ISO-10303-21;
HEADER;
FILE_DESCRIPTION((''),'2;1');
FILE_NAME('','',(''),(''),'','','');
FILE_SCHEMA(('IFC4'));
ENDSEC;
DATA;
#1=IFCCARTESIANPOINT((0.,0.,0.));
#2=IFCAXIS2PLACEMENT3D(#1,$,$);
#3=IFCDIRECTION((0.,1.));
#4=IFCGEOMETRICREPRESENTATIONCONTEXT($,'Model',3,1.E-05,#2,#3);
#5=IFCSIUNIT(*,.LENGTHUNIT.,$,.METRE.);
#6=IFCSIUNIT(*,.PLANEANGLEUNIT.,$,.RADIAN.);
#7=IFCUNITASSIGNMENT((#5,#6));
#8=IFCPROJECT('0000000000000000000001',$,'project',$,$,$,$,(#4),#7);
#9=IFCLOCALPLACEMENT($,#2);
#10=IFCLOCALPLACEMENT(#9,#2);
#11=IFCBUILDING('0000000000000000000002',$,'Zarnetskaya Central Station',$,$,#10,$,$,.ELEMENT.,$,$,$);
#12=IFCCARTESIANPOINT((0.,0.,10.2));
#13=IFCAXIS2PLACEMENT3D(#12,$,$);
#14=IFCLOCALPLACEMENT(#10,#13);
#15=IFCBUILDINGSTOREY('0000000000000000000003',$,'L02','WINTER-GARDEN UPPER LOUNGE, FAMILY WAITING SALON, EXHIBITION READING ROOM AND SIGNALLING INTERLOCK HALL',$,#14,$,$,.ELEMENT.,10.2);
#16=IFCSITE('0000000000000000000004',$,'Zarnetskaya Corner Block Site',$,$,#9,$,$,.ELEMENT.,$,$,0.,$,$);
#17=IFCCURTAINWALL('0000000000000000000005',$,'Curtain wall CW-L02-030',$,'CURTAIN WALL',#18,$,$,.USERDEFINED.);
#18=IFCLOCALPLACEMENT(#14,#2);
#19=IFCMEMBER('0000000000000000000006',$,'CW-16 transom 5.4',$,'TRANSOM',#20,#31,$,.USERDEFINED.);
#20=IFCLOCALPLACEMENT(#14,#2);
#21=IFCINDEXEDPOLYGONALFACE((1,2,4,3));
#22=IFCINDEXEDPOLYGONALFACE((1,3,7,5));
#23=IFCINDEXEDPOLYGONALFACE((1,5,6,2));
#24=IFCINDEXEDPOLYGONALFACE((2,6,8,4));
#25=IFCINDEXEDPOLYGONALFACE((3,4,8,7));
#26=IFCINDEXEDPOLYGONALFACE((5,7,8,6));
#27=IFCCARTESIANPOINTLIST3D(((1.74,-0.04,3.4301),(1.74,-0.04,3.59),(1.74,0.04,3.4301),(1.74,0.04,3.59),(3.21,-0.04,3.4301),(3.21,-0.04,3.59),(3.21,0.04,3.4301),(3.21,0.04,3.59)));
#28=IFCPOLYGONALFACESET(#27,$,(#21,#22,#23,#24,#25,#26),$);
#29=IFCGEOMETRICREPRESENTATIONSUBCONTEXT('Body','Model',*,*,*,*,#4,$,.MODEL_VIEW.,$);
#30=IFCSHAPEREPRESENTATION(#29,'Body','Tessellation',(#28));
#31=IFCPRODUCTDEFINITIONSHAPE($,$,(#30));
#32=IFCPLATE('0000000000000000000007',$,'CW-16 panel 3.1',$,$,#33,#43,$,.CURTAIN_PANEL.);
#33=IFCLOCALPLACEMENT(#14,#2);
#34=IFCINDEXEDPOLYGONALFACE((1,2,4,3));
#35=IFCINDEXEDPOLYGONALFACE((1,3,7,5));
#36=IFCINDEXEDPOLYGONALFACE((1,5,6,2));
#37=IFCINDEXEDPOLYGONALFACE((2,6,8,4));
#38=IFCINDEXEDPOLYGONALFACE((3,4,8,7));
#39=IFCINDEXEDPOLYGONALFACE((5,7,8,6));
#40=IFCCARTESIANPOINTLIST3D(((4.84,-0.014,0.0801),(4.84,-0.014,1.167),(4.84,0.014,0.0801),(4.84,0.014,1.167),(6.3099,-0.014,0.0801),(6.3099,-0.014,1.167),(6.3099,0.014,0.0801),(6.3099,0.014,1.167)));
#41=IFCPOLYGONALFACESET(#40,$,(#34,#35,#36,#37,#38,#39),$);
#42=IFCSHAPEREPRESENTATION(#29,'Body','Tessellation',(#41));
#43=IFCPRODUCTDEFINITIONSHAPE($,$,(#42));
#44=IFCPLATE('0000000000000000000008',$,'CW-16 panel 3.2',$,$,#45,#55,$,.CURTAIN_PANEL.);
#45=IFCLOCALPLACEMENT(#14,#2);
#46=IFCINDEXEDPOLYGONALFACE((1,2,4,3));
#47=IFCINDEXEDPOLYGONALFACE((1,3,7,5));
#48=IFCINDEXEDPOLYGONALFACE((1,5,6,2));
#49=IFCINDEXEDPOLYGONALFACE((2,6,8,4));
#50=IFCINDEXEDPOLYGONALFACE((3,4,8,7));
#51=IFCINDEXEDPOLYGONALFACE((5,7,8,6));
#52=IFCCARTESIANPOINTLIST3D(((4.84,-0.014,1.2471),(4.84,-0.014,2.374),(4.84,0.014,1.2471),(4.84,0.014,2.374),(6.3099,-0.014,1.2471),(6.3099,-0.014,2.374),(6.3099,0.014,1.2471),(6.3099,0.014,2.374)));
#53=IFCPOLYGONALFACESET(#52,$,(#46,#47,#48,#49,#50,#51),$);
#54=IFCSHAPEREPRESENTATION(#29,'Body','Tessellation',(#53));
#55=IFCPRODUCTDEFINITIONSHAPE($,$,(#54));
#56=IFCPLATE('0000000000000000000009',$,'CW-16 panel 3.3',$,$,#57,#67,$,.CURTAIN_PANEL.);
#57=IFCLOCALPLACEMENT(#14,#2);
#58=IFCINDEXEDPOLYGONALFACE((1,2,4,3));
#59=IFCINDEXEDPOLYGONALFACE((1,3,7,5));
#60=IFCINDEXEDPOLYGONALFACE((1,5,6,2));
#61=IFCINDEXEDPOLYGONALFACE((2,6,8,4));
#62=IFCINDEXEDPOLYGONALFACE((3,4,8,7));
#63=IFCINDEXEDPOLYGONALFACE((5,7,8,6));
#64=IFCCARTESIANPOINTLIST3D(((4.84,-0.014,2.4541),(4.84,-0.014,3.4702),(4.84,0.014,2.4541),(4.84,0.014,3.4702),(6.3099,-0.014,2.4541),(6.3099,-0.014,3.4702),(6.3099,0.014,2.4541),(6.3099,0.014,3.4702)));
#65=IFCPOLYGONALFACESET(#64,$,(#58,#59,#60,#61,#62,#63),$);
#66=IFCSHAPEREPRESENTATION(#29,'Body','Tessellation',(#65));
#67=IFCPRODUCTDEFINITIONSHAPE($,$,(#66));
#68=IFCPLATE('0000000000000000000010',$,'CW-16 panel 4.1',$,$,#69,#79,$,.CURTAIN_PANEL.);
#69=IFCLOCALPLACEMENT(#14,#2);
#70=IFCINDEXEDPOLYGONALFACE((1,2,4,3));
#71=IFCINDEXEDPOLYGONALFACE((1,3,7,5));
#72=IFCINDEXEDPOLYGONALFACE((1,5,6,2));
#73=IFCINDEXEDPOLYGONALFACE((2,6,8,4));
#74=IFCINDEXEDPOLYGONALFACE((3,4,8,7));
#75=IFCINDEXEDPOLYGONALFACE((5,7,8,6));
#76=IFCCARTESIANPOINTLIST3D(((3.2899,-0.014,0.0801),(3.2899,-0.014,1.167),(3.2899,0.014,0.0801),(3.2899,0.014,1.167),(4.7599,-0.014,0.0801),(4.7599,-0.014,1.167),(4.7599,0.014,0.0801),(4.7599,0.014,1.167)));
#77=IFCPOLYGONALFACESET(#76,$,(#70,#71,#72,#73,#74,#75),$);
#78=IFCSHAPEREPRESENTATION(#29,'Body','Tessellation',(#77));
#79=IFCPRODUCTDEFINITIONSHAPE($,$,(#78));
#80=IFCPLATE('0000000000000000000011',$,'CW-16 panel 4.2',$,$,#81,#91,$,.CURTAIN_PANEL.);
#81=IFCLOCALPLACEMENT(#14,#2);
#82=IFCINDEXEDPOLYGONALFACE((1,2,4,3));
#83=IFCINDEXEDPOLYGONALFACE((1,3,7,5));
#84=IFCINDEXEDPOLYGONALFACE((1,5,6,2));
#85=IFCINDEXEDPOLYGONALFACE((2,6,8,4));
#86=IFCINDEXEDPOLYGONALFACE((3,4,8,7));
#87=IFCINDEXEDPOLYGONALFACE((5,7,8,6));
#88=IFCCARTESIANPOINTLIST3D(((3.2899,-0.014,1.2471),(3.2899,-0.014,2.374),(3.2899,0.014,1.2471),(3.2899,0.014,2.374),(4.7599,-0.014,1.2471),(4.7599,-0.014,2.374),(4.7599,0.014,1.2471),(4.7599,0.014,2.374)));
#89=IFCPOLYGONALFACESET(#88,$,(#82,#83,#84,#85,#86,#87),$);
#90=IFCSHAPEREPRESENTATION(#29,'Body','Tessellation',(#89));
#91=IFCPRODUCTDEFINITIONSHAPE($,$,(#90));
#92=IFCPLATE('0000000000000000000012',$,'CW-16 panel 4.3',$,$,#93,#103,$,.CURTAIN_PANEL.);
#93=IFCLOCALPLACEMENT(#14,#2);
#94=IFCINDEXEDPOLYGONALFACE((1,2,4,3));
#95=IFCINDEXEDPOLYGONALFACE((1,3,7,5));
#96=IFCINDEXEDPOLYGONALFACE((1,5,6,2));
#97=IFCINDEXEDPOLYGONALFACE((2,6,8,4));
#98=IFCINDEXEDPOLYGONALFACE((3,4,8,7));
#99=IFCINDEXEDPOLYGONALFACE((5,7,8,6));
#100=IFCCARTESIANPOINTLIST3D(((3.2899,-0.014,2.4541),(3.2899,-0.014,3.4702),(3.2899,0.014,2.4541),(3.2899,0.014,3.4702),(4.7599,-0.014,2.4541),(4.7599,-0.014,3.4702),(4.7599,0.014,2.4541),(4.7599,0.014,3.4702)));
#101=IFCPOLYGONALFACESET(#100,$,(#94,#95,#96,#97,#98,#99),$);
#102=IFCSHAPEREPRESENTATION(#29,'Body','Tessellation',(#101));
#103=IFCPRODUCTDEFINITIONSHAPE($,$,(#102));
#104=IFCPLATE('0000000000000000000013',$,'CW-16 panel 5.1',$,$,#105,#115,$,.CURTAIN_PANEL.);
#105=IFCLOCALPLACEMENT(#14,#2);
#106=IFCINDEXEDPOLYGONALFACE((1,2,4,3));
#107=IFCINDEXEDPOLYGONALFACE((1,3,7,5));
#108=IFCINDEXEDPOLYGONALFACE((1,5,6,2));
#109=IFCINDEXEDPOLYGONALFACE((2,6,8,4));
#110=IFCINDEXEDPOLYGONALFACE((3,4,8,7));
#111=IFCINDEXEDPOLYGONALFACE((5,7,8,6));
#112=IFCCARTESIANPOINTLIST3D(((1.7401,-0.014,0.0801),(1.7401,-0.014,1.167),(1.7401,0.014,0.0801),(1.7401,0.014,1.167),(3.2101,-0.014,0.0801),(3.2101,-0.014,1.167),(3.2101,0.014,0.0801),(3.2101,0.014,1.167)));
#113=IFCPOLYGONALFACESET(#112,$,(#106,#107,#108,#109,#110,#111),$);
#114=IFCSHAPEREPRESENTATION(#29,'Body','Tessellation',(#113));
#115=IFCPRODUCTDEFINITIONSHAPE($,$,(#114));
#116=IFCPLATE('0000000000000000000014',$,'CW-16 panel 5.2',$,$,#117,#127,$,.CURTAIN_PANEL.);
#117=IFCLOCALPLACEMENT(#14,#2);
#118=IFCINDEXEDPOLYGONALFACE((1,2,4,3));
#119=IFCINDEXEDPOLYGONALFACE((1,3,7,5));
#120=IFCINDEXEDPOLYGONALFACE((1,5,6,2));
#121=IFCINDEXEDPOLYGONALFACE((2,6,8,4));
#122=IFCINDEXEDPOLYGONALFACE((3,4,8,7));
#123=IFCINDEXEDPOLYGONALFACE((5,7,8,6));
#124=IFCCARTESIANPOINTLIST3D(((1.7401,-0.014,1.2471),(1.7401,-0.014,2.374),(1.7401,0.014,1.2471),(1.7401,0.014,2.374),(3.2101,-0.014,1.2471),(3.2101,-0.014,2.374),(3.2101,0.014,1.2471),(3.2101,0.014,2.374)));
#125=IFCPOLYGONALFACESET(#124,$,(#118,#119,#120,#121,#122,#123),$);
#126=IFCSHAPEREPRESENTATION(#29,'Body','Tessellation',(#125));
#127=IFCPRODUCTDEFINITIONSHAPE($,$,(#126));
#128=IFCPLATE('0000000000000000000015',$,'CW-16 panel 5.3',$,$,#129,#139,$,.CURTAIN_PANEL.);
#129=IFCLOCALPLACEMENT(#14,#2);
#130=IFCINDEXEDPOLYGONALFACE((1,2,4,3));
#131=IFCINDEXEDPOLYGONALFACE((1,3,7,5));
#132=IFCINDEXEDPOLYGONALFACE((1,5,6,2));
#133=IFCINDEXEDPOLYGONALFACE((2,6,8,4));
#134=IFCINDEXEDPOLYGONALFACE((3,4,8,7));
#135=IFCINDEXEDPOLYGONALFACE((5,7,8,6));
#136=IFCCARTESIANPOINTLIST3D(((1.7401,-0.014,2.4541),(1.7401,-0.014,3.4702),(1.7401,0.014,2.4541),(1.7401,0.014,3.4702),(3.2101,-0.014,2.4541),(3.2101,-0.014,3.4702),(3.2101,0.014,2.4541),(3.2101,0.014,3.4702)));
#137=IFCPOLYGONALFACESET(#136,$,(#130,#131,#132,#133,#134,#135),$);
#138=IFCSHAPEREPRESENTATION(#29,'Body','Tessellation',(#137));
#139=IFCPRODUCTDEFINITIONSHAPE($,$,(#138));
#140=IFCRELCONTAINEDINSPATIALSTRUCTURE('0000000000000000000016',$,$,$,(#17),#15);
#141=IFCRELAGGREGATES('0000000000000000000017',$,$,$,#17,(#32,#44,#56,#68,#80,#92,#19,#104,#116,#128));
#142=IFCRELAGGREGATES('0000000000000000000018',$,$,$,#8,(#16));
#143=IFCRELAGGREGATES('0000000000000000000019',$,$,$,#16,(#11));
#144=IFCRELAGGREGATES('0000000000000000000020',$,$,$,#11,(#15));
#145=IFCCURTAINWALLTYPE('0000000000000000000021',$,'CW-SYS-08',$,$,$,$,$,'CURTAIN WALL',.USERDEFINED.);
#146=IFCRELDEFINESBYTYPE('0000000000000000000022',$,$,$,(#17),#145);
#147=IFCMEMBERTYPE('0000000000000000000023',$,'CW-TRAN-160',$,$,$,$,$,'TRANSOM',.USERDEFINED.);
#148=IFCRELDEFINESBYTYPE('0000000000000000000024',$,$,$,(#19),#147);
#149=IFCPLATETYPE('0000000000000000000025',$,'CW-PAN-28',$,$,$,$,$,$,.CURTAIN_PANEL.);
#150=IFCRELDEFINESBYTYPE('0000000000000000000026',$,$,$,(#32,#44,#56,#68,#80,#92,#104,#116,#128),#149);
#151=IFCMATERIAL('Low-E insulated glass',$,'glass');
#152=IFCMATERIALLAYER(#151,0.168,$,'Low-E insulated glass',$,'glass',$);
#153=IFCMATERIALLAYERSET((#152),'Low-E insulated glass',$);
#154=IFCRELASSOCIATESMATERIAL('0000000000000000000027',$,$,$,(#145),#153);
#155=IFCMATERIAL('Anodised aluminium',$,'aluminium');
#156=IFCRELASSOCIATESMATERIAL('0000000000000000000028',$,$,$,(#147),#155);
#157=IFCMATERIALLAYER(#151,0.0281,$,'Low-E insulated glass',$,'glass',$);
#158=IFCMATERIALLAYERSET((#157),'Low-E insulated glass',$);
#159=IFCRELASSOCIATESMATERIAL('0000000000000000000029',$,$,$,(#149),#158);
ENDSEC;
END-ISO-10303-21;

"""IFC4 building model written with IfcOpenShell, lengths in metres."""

from ifc_helpers import new_model, si_unit, direction, frame, origin, origin_2d, place, context, subcontext, project, spatial, rectangle, extrude, material, layer, layer_set, material_profile, profile_set, type_object, element, aggregate, save


model = new_model("IFC4")

# Units and contexts
model_context = context("Model", 3, precision=1e-05, world=origin(), true_north=direction((0.0, 1.0)))
body_context = subcontext(model_context, "Body", "Model", "MODEL_VIEW")
ifc_project = project(units=[si_unit("LENGTHUNIT", "METRE"), si_unit("PLANEANGLEUNIT", "RADIAN")], contexts=[model_context])

# Site, building, storey
site_placement = place(None, origin())
site = spatial("IfcSite", under=ifc_project, at=site_placement, Name="Zarnetskaya Corner Block Site", CompositionType="ELEMENT", RefElevation=0.0)
building_placement = place(site_placement, origin())
building = spatial("IfcBuilding", under=site, at=building_placement, Name="Zarnetskaya Central Station", CompositionType="ELEMENT")
storey_placement = place(building_placement, frame((0.0, 0.0, 10.2)))
storey = spatial("IfcBuildingStorey", under=building, at=storey_placement, Name="L02", Description="WINTER-GARDEN UPPER LOUNGE, FAMILY WAITING SALON, EXHIBITION READING ROOM AND SIGNALLING INTERLOCK HALL", CompositionType="ELEMENT", Elevation=10.2)

# Curtain wall, member, plates
ifc_material_1 = material(Name="Low-E insulated glass", Category="glass")
ifc_layer_1 = layer(ifc_material_1, 0.168, Name="Low-E insulated glass", Category="glass")
ifc_layer_set_1 = layer_set([ifc_layer_1], Name="Low-E insulated glass")
curtain_wall_type = type_object("IfcCurtainWallType", Name="CW-SYS-08", ElementType="CURTAIN WALL", PredefinedType="USERDEFINED", material=ifc_layer_set_1)
curtain_wall_placement = place(storey_placement, origin())
curtain_wall = element("IfcCurtainWall", 1, at=curtain_wall_placement, inside=storey, type_object=curtain_wall_type, Name="Curtain wall CW-L02-030", ObjectType="CURTAIN WALL", PredefinedType="USERDEFINED")
ifc_material_2 = material(Name="Anodised aluminium", Category="aluminium")
ifc_material_profile_1 = material_profile(ifc_material_2, rectangle(XDim=0.0801, YDim=0.1599, at=origin_2d()), Name="ALU TRAN 80x160")
ifc_profile_set_1 = profile_set([ifc_material_profile_1], Name="Anodised aluminium")
member_type_1 = type_object("IfcMemberType", Name="CW-TRAN-160", ElementType="TRANSOM", PredefinedType="USERDEFINED", material=ifc_profile_set_1)
member_1_placement = place(storey_placement, frame((3.21, 0.0, 3.51), z_axis=(-1.0, 0.0, 0.0), x_axis=(0.0, -1.0, 0.0)))
member_1 = element("IfcMember", 2, at=member_1_placement, type_object=member_type_1, Name="CW-16 transom 5.4", ObjectType="TRANSOM", PredefinedType="USERDEFINED", context=body_context, shape_type="SweptSolid", body=[
    extrude(rectangle(XDim=0.0801, YDim=0.1599, at=origin_2d()), origin(), (0.0, 0.0, 1.0), 1.47),
])
ifc_layer_2 = layer(ifc_material_1, 0.0281, Name="Low-E insulated glass", Category="glass")
ifc_layer_set_2 = layer_set([ifc_layer_2], Name="Low-E insulated glass")
plate_type = type_object("IfcPlateType", Name="CW-PAN-28", PredefinedType="CURTAIN_PANEL", material=ifc_layer_set_2)
plate_1_placement = place(storey_placement, frame((5.575, 0.0, 0.0801), z_axis=(0.0, 0.0, 1.0), x_axis=(-1.0, 0.0, 0.0)))
plate_1 = element("IfcPlate", 3, at=plate_1_placement, type_object=plate_type, Name="CW-16 panel 3.1", PredefinedType="CURTAIN_PANEL", context=body_context, shape_type="SweptSolid", body=[
    extrude(rectangle(XDim=1.47, YDim=0.0281, at=origin_2d()), origin(), (0.0, 0.0, 1.0), 1.0869),
])
plate_2_placement = place(storey_placement, frame((5.575, 0.0, 1.2471), z_axis=(0.0, 0.0, 1.0), x_axis=(-1.0, 0.0, 0.0)))
plate_2 = element("IfcPlate", 4, at=plate_2_placement, type_object=plate_type, Name="CW-16 panel 3.2", PredefinedType="CURTAIN_PANEL", context=body_context, shape_type="SweptSolid", body=[
    extrude(rectangle(XDim=1.47, YDim=0.0281, at=origin_2d()), origin(), (0.0, 0.0, 1.0), 1.127),
])
plate_3_placement = place(storey_placement, frame((5.575, 0.0, 2.4541), z_axis=(0.0, 0.0, 1.0), x_axis=(-1.0, 0.0, 0.0)))
plate_3 = element("IfcPlate", 5, at=plate_3_placement, type_object=plate_type, Name="CW-16 panel 3.3", PredefinedType="CURTAIN_PANEL", context=body_context, shape_type="SweptSolid", body=[
    extrude(rectangle(XDim=1.47, YDim=0.0281, at=origin_2d()), origin(), (0.0, 0.0, 1.0), 1.0161),
])
plate_4_placement = place(storey_placement, frame((4.0249, 0.0, 0.0801), z_axis=(0.0, 0.0, 1.0), x_axis=(-1.0, 0.0, 0.0)))
plate_4 = element("IfcPlate", 6, at=plate_4_placement, type_object=plate_type, Name="CW-16 panel 4.1", PredefinedType="CURTAIN_PANEL", context=body_context, shape_type="SweptSolid", body=[
    extrude(rectangle(XDim=1.47, YDim=0.0281, at=origin_2d()), origin(), (0.0, 0.0, 1.0), 1.0869),
])
plate_5_placement = place(storey_placement, frame((4.0249, 0.0, 1.2471), z_axis=(0.0, 0.0, 1.0), x_axis=(-1.0, 0.0, 0.0)))
plate_5 = element("IfcPlate", 7, at=plate_5_placement, type_object=plate_type, Name="CW-16 panel 4.2", PredefinedType="CURTAIN_PANEL", context=body_context, shape_type="SweptSolid", body=[
    extrude(rectangle(XDim=1.47, YDim=0.0281, at=origin_2d()), origin(), (0.0, 0.0, 1.0), 1.127),
])
plate_6_placement = place(storey_placement, frame((4.0249, 0.0, 2.4541), z_axis=(0.0, 0.0, 1.0), x_axis=(-1.0, 0.0, 0.0)))
plate_6 = element("IfcPlate", 8, at=plate_6_placement, type_object=plate_type, Name="CW-16 panel 4.3", PredefinedType="CURTAIN_PANEL", context=body_context, shape_type="SweptSolid", body=[
    extrude(rectangle(XDim=1.47, YDim=0.0281, at=origin_2d()), origin(), (0.0, 0.0, 1.0), 1.0161),
])
plate_7_placement = place(storey_placement, frame((2.4751, 0.0, 0.0801), z_axis=(0.0, 0.0, 1.0), x_axis=(-1.0, 0.0, 0.0)))
plate_7 = element("IfcPlate", 9, at=plate_7_placement, type_object=plate_type, Name="CW-16 panel 5.1", PredefinedType="CURTAIN_PANEL", context=body_context, shape_type="SweptSolid", body=[
    extrude(rectangle(XDim=1.47, YDim=0.0281, at=origin_2d()), origin(), (0.0, 0.0, 1.0), 1.0869),
])
plate_8_placement = place(storey_placement, frame((2.4751, 0.0, 1.2471), z_axis=(0.0, 0.0, 1.0), x_axis=(-1.0, 0.0, 0.0)))
plate_8 = element("IfcPlate", 10, at=plate_8_placement, type_object=plate_type, Name="CW-16 panel 5.2", PredefinedType="CURTAIN_PANEL", context=body_context, shape_type="SweptSolid", body=[
    extrude(rectangle(XDim=1.47, YDim=0.0281, at=origin_2d()), origin(), (0.0, 0.0, 1.0), 1.127),
])
plate_9_placement = place(storey_placement, frame((2.4751, 0.0, 2.4541), z_axis=(0.0, 0.0, 1.0), x_axis=(-1.0, 0.0, 0.0)))
plate_9 = element("IfcPlate", 11, at=plate_9_placement, type_object=plate_type, Name="CW-16 panel 5.3", PredefinedType="CURTAIN_PANEL", context=body_context, shape_type="SweptSolid", body=[
    extrude(rectangle(XDim=1.47, YDim=0.0281, at=origin_2d()), origin(), (0.0, 0.0, 1.0), 1.0161),
])
aggregate(curtain_wall, [plate_1, plate_2, plate_3, plate_4, plate_5, plate_6, member_1, plate_7, plate_8, plate_9])

save(model, "model.ifc")
